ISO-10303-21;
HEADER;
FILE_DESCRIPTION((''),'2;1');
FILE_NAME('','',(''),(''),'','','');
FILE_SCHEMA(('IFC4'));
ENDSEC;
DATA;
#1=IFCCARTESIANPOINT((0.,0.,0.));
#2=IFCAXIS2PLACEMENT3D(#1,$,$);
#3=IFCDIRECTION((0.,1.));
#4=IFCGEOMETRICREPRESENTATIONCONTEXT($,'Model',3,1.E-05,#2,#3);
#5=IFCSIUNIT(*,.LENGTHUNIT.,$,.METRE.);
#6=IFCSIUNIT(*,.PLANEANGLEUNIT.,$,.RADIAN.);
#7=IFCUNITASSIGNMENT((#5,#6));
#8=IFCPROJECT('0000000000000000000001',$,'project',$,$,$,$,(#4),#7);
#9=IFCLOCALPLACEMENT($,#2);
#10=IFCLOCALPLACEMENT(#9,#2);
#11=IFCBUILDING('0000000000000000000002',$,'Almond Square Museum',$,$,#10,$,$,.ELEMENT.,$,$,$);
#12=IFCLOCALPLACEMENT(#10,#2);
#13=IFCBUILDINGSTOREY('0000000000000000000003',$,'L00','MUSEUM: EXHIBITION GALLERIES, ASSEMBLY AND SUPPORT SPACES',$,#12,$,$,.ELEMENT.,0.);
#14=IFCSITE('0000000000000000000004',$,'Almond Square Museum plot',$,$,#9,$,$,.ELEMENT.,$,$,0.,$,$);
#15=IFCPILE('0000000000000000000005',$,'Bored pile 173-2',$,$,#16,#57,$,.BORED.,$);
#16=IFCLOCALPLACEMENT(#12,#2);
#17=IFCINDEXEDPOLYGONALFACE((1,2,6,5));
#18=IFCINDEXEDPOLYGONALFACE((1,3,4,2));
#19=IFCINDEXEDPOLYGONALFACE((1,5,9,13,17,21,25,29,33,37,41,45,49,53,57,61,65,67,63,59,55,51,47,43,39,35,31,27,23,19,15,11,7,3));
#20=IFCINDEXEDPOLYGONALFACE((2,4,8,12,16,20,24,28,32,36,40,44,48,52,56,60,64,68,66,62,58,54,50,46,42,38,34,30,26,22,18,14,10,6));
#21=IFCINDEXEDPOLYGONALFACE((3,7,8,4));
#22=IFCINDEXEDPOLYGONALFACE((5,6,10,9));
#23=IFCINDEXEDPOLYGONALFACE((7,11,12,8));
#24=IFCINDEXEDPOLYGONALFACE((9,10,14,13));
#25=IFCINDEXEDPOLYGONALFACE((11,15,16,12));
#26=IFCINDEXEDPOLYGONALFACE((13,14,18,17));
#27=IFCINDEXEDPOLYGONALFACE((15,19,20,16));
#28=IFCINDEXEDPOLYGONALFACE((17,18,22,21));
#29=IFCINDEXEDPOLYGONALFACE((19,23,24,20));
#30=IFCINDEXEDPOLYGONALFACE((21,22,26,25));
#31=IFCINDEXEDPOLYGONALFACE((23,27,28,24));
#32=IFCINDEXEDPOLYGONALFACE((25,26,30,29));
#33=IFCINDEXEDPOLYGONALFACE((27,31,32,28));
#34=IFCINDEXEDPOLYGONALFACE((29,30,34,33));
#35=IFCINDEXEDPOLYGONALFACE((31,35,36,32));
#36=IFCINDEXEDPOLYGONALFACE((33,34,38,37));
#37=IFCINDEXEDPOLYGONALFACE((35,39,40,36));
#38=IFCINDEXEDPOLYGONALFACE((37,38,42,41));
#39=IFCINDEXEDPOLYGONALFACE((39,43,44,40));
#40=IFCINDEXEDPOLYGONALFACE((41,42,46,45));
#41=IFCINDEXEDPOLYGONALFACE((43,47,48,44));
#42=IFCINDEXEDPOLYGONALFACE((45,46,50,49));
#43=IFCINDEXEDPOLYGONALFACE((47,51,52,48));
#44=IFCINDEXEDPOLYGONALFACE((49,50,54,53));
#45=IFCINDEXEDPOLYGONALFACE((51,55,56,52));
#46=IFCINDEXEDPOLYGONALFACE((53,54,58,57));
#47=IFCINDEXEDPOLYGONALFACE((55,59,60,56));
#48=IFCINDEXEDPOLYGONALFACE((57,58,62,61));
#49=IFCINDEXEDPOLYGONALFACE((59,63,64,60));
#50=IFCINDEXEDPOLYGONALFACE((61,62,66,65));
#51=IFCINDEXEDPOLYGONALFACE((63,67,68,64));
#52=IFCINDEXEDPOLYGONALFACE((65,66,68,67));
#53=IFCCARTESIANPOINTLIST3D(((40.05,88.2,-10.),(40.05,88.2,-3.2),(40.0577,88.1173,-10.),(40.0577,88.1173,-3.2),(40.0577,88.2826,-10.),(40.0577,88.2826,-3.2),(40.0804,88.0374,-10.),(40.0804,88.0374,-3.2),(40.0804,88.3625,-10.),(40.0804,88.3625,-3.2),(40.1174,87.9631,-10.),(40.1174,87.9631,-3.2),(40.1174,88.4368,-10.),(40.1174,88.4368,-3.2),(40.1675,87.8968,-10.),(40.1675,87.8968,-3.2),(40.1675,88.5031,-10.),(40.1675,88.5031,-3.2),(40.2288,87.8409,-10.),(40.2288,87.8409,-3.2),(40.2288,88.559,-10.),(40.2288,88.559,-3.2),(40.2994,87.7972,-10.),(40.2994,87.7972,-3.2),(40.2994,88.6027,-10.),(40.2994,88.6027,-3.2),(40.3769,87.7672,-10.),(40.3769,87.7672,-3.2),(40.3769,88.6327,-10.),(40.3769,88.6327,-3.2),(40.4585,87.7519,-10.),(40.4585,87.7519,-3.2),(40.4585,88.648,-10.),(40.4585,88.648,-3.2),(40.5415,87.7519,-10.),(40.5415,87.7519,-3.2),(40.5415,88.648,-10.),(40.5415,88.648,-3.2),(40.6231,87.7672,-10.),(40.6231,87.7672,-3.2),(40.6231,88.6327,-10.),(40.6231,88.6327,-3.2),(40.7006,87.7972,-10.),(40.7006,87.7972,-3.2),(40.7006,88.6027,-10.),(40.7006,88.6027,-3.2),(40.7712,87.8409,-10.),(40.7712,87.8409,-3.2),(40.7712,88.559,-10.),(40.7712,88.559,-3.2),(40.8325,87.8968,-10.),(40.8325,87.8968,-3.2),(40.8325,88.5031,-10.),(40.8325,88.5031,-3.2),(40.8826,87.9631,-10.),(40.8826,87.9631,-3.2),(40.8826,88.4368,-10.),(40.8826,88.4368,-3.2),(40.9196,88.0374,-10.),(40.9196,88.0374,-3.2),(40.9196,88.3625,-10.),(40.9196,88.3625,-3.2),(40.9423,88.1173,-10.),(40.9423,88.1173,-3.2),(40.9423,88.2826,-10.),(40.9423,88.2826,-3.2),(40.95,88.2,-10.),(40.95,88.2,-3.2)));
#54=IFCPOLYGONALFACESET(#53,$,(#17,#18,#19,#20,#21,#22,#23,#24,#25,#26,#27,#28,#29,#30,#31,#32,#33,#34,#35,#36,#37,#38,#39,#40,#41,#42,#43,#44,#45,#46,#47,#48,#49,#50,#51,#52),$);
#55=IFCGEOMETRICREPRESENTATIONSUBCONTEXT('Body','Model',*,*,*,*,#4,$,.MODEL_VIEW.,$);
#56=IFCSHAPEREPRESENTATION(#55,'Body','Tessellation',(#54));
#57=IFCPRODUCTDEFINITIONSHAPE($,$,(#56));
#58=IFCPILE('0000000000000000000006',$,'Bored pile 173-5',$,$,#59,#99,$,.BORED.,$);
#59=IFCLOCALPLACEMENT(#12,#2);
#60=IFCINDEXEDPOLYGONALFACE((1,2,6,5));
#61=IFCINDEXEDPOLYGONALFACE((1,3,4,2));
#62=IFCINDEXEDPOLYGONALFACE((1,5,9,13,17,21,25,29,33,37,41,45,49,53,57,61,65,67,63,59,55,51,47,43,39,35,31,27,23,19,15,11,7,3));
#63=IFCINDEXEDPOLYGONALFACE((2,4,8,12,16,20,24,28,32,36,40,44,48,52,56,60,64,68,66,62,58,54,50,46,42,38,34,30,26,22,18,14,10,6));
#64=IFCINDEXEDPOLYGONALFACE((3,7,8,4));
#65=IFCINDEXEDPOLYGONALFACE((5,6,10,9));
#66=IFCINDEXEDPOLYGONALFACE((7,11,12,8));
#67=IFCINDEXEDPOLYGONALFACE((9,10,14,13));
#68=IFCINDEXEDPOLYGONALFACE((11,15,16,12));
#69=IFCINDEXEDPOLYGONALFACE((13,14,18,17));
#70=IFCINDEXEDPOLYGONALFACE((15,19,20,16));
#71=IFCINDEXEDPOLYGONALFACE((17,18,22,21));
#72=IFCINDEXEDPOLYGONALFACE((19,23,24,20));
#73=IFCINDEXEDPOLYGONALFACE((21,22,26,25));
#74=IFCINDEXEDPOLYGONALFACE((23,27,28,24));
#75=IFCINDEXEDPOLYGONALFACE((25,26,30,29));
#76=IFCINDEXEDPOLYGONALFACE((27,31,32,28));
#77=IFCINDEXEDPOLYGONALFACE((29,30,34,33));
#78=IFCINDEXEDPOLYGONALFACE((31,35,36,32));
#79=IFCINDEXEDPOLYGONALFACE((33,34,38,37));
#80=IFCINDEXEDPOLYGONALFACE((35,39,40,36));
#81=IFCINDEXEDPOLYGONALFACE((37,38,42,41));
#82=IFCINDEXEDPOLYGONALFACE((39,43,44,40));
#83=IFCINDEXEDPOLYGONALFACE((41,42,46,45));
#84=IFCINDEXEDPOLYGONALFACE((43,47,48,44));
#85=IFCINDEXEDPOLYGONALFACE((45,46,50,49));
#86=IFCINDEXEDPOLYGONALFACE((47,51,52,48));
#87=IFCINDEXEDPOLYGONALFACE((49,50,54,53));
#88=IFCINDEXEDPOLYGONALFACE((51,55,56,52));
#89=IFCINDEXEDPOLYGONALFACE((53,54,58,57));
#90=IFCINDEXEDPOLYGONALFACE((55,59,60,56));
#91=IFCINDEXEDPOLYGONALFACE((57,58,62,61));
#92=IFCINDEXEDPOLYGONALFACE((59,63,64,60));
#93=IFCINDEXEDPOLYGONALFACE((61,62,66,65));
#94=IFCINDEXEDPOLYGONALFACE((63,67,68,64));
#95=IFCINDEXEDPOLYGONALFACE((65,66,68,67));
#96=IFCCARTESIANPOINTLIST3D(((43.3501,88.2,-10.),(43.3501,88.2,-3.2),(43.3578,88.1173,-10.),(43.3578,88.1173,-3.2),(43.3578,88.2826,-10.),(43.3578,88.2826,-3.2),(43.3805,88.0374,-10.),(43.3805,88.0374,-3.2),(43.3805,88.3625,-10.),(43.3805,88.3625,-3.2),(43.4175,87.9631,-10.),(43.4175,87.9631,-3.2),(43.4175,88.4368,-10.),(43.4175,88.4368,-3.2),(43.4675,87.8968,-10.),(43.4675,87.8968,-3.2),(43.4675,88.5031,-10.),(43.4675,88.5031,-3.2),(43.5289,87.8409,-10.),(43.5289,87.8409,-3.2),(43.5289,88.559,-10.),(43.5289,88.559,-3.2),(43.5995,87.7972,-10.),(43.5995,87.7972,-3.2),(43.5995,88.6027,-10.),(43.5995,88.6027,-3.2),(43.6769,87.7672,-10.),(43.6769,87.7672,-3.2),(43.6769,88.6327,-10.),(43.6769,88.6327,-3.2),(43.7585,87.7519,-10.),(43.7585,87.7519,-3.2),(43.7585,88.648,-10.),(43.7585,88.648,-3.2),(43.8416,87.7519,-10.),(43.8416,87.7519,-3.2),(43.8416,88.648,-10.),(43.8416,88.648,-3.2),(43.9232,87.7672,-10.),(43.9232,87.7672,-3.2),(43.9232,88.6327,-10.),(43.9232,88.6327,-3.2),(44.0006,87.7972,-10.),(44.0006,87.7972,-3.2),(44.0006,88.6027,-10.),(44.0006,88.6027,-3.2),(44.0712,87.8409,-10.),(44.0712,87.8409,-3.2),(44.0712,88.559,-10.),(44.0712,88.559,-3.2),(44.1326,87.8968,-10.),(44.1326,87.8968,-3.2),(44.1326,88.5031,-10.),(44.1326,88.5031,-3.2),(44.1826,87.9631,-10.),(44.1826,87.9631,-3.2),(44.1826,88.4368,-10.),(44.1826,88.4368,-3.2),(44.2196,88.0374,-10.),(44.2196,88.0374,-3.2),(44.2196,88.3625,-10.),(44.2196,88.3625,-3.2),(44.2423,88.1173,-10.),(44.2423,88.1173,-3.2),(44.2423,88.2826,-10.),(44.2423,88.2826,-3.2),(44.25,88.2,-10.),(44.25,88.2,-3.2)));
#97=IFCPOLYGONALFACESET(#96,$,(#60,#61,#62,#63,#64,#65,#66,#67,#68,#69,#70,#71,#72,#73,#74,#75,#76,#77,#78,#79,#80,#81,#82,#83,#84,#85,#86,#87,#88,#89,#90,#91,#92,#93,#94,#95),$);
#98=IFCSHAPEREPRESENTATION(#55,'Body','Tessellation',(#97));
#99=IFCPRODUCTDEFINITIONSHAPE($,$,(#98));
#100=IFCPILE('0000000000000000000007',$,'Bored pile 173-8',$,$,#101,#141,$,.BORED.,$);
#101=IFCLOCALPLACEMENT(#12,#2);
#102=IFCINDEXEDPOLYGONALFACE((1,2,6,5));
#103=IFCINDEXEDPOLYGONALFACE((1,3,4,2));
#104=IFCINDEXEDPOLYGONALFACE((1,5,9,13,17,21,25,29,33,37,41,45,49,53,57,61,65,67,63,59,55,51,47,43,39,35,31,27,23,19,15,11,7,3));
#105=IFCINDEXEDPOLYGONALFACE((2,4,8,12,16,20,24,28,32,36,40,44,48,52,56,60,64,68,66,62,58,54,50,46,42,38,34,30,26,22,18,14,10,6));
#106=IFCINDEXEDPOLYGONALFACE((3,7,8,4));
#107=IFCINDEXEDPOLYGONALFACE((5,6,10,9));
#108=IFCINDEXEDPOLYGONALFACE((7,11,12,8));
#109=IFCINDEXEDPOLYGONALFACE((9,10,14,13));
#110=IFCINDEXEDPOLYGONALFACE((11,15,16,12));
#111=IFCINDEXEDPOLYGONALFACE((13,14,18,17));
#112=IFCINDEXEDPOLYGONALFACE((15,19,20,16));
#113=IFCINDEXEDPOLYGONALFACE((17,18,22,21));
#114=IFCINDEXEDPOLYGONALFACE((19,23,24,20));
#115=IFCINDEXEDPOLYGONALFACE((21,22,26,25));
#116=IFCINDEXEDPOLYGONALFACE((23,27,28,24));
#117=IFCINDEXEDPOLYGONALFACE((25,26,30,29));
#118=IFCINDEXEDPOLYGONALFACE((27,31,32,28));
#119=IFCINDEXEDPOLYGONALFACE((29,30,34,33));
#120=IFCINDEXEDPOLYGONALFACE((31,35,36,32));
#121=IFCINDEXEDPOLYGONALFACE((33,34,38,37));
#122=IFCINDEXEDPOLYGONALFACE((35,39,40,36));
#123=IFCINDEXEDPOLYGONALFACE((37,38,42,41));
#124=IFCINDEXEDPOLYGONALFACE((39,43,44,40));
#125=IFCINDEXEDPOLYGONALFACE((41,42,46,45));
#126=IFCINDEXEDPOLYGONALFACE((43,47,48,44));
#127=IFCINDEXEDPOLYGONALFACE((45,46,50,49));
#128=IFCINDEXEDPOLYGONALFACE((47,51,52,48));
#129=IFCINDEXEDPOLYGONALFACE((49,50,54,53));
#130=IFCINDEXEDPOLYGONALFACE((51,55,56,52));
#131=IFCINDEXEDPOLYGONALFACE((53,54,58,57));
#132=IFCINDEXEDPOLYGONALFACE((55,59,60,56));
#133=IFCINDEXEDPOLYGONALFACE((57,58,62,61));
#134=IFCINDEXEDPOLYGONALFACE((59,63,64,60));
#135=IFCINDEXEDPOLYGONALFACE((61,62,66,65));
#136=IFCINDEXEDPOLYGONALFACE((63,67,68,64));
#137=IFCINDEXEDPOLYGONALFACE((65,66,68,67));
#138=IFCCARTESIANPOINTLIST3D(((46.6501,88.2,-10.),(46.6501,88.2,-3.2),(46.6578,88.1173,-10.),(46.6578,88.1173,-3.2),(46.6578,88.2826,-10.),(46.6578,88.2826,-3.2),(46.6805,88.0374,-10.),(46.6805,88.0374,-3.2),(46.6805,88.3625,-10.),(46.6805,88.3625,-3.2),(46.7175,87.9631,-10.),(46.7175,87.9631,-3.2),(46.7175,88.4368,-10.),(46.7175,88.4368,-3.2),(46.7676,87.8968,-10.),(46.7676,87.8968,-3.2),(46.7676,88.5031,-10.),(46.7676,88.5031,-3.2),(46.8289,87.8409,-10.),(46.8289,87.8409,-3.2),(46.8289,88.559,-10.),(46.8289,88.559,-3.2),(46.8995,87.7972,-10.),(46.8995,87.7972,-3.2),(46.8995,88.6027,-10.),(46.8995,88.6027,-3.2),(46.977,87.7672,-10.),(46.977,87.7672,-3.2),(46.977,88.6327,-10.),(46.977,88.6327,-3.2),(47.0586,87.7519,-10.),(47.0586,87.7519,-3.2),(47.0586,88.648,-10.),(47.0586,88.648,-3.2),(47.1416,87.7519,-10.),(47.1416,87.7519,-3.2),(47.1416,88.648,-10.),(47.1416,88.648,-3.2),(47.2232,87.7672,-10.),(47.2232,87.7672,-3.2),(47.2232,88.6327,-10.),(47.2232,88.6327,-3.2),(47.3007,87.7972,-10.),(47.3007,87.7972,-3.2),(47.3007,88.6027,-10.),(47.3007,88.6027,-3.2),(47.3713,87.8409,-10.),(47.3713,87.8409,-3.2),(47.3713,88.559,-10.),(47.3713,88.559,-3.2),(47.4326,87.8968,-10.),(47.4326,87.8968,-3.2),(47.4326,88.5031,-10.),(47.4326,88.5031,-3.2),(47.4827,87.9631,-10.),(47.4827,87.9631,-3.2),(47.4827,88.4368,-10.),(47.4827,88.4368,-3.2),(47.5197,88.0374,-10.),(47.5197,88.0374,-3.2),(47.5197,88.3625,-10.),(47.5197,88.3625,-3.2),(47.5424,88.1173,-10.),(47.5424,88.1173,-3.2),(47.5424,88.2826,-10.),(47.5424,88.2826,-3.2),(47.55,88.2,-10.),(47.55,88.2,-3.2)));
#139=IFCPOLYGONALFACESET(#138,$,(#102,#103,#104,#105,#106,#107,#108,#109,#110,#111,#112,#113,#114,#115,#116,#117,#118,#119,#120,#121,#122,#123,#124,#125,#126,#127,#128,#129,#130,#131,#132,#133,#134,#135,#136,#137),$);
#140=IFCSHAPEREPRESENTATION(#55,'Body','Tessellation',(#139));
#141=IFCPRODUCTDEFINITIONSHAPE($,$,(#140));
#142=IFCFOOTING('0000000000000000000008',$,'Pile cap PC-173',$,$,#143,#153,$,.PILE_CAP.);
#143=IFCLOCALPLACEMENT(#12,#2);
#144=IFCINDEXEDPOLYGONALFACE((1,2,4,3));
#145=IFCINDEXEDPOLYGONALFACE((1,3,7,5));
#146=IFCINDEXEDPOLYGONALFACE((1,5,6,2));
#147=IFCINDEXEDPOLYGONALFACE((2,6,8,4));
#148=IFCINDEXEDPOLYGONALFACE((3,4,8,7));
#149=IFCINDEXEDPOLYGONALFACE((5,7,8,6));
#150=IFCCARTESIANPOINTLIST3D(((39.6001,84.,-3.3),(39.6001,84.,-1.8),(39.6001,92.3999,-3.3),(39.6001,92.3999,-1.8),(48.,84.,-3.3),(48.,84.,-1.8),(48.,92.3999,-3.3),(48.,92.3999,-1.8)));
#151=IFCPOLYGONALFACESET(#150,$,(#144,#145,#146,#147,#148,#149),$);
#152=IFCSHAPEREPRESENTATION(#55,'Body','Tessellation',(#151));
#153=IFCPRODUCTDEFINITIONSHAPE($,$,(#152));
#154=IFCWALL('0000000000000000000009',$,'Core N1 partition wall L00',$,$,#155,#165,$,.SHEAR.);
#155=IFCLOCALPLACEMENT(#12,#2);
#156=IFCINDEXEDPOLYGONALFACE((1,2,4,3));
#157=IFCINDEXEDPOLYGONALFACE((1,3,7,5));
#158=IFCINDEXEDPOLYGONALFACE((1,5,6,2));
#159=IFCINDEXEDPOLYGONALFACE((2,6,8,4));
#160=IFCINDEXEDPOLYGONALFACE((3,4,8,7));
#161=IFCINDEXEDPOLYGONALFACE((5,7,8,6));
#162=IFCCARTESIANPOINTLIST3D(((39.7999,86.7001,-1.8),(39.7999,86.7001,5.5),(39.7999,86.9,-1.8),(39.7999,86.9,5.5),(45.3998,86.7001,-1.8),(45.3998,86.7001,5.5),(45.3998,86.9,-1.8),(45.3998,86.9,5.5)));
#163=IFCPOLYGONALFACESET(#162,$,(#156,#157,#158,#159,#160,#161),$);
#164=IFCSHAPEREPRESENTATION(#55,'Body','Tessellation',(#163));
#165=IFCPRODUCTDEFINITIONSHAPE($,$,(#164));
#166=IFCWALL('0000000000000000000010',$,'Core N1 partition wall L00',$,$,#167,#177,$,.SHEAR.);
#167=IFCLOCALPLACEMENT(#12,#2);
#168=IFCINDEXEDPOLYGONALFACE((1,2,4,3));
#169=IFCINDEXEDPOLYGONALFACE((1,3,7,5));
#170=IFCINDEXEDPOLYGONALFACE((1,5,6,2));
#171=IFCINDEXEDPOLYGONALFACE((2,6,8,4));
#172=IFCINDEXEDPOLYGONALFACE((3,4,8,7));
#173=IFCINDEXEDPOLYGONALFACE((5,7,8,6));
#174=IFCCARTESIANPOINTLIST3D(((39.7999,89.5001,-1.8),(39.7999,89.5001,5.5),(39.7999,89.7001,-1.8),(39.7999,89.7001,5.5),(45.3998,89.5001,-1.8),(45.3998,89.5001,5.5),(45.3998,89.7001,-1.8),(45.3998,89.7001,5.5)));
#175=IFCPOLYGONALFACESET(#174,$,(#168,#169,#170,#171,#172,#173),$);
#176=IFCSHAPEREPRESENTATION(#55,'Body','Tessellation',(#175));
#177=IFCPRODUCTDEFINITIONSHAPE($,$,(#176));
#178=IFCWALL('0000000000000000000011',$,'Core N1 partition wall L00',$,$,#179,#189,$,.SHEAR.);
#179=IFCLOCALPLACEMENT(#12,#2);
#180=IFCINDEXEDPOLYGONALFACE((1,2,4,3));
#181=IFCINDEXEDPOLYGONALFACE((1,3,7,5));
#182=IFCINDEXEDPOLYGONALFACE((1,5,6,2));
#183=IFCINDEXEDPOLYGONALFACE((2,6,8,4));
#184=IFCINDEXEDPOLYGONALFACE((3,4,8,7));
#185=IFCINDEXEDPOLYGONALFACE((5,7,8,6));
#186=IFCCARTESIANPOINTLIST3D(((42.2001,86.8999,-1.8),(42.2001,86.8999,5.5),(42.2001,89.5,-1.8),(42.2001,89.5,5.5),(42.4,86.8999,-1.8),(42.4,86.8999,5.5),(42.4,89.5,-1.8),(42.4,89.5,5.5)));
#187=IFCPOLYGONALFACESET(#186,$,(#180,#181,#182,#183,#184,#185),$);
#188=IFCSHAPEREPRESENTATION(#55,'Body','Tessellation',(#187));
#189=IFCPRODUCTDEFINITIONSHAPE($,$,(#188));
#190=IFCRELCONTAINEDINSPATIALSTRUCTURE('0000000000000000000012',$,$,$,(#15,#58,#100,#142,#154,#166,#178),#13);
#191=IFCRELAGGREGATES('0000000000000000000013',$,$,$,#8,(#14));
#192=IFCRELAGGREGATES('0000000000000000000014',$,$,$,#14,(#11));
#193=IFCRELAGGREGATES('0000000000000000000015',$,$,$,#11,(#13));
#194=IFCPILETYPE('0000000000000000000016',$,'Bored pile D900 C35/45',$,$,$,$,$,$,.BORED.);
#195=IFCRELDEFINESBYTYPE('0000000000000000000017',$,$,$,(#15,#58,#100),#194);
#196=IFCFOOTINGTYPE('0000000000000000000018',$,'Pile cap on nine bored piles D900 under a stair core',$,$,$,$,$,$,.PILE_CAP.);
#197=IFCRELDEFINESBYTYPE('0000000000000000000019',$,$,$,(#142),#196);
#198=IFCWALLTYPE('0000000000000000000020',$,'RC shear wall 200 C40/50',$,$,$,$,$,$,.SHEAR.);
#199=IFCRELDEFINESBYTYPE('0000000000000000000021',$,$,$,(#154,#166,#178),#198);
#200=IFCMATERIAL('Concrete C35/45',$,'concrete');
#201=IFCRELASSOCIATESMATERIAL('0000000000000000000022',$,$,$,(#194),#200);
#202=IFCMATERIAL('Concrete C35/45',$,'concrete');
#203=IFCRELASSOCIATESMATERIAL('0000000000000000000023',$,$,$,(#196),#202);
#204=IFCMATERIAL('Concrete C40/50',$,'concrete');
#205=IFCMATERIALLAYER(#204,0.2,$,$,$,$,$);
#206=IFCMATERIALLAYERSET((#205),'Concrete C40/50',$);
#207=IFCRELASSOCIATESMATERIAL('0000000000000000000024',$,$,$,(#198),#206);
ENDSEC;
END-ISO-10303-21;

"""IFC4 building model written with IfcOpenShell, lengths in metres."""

from ifc_helpers import new_model, si_unit, direction, frame, frame_2d, origin, origin_2d, place, context, subcontext, project, spatial, rectangle, circle, extrude, material, layer, layer_set, material_profile, profile_set, type_object, element, save


model = new_model("IFC4")

# Units and contexts
model_context = context("Model", 3, precision=1e-05, world=origin(), true_north=direction((0.0, 1.0)))
body_context = subcontext(model_context, "Body", "Model", "MODEL_VIEW")
ifc_project = project(units=[si_unit("LENGTHUNIT", "METRE"), si_unit("PLANEANGLEUNIT", "RADIAN")], contexts=[model_context])

# Site, building, storey
site_placement = place(None, origin())
site = spatial("IfcSite", under=ifc_project, at=site_placement, Name="Almond Square Museum plot", CompositionType="ELEMENT", RefElevation=0.0)
building_placement = place(site_placement, origin())
building = spatial("IfcBuilding", under=site, at=building_placement, Name="Almond Square Museum", CompositionType="ELEMENT")
storey_placement = place(building_placement, origin())
storey = spatial("IfcBuildingStorey", under=building, at=storey_placement, Name="L00", Description="MUSEUM: EXHIBITION GALLERIES, ASSEMBLY AND SUPPORT SPACES", CompositionType="ELEMENT", Elevation=0.0)

# Piles
ifc_material_1 = material(Name="Concrete C35/45", Category="concrete")
ifc_material_profile = material_profile(ifc_material_1, circle(Radius=0.45, at=origin_2d()))
ifc_profile_set = profile_set([ifc_material_profile], Name="Concrete C35/45")
pile_type = type_object("IfcPileType", Name="Bored pile D900 C35/45", PredefinedType="BORED", material=ifc_profile_set)
for number, where, z_axis, x_axis, name in (
    (1, (40.5, 88.2, -3.2), (0.0, 0.0, -1.0), (1.0, 0.0, 0.0), "Bored pile 173-2"),
    (2, (43.8, 88.2, -3.2), (0.0, 0.0, -1.0), (1.0, 0.0, 0.0), "Bored pile 173-5"),
    (3, (47.1001, 88.2, -3.2), (0.0, 0.0, -1.0), (1.0, 0.0, 0.0), "Bored pile 173-8"),
):
    element("IfcPile", number, at=place(storey_placement, frame(where, z_axis=z_axis, x_axis=x_axis)), inside=storey, type_object=pile_type, Name=name, PredefinedType="BORED", context=body_context, shape_type="SweptSolid", body=[
        extrude(circle(Radius=0.45, at=origin_2d()), origin(), (0.0, 0.0, 1.0), 6.8),
    ])

# Footing
ifc_material_2 = material(Name="Concrete C35/45", Category="concrete")
footing_type = type_object("IfcFootingType", Name="Pile cap on nine bored piles D900 under a stair core", PredefinedType="PILE_CAP", material=ifc_material_2)
footing_placement = place(storey_placement, frame((43.8, 88.2, -3.3), z_axis=(0.0, 0.0, 1.0), x_axis=(1.0, 0.0, 0.0)))
element("IfcFooting", 4, at=footing_placement, inside=storey, type_object=footing_type, Name="Pile cap PC-173", PredefinedType="PILE_CAP", context=body_context, shape_type="SweptSolid", body=[
    extrude(rectangle(XDim=8.3999, YDim=8.3999, at=origin_2d()), origin(), (0.0, 0.0, 1.0), 1.5),
])

# Walls
ifc_material_3 = material(Name="Concrete C40/50", Category="concrete")
ifc_layer = layer(ifc_material_3, 0.2)
ifc_layer_set = layer_set([ifc_layer], Name="Concrete C40/50")
wall_type = type_object("IfcWallType", Name="RC shear wall 200 C40/50", PredefinedType="SHEAR", material=ifc_layer_set)
for number, where, z_axis, x_axis, name in (
    (5, (39.8, 86.8, -1.8), (0.0, 0.0, 1.0), (1.0, 0.0, 0.0), "Core N1 partition wall L00"),
    (6, (39.8, 89.6001, -1.8), (0.0, 0.0, 1.0), (1.0, 0.0, 0.0), "Core N1 partition wall L00"),
):
    element("IfcWall", number, at=place(storey_placement, frame(where, z_axis=z_axis, x_axis=x_axis)), inside=storey, type_object=wall_type, Name=name, PredefinedType="SHEAR", context=body_context, shape_type="SweptSolid", body=[
        extrude(rectangle(XDim=5.5999, YDim=0.2, at=frame_2d((2.7998, 0.0))), origin(), (0.0, 0.0, 1.0), 7.3),
    ])
wall_placement = place(storey_placement, frame((42.3, 86.8999, -1.8), z_axis=(0.0, 0.0, 1.0), x_axis=(0.0, 1.0, 0.0)))
element("IfcWall", 7, at=wall_placement, inside=storey, type_object=wall_type, Name="Core N1 partition wall L00", PredefinedType="SHEAR", context=body_context, shape_type="SweptSolid", body=[
    extrude(rectangle(XDim=2.6001, YDim=0.2, at=frame_2d((1.3, 0.0))), origin(), (0.0, 0.0, 1.0), 7.3),
])

save(model, "model.ifc")
